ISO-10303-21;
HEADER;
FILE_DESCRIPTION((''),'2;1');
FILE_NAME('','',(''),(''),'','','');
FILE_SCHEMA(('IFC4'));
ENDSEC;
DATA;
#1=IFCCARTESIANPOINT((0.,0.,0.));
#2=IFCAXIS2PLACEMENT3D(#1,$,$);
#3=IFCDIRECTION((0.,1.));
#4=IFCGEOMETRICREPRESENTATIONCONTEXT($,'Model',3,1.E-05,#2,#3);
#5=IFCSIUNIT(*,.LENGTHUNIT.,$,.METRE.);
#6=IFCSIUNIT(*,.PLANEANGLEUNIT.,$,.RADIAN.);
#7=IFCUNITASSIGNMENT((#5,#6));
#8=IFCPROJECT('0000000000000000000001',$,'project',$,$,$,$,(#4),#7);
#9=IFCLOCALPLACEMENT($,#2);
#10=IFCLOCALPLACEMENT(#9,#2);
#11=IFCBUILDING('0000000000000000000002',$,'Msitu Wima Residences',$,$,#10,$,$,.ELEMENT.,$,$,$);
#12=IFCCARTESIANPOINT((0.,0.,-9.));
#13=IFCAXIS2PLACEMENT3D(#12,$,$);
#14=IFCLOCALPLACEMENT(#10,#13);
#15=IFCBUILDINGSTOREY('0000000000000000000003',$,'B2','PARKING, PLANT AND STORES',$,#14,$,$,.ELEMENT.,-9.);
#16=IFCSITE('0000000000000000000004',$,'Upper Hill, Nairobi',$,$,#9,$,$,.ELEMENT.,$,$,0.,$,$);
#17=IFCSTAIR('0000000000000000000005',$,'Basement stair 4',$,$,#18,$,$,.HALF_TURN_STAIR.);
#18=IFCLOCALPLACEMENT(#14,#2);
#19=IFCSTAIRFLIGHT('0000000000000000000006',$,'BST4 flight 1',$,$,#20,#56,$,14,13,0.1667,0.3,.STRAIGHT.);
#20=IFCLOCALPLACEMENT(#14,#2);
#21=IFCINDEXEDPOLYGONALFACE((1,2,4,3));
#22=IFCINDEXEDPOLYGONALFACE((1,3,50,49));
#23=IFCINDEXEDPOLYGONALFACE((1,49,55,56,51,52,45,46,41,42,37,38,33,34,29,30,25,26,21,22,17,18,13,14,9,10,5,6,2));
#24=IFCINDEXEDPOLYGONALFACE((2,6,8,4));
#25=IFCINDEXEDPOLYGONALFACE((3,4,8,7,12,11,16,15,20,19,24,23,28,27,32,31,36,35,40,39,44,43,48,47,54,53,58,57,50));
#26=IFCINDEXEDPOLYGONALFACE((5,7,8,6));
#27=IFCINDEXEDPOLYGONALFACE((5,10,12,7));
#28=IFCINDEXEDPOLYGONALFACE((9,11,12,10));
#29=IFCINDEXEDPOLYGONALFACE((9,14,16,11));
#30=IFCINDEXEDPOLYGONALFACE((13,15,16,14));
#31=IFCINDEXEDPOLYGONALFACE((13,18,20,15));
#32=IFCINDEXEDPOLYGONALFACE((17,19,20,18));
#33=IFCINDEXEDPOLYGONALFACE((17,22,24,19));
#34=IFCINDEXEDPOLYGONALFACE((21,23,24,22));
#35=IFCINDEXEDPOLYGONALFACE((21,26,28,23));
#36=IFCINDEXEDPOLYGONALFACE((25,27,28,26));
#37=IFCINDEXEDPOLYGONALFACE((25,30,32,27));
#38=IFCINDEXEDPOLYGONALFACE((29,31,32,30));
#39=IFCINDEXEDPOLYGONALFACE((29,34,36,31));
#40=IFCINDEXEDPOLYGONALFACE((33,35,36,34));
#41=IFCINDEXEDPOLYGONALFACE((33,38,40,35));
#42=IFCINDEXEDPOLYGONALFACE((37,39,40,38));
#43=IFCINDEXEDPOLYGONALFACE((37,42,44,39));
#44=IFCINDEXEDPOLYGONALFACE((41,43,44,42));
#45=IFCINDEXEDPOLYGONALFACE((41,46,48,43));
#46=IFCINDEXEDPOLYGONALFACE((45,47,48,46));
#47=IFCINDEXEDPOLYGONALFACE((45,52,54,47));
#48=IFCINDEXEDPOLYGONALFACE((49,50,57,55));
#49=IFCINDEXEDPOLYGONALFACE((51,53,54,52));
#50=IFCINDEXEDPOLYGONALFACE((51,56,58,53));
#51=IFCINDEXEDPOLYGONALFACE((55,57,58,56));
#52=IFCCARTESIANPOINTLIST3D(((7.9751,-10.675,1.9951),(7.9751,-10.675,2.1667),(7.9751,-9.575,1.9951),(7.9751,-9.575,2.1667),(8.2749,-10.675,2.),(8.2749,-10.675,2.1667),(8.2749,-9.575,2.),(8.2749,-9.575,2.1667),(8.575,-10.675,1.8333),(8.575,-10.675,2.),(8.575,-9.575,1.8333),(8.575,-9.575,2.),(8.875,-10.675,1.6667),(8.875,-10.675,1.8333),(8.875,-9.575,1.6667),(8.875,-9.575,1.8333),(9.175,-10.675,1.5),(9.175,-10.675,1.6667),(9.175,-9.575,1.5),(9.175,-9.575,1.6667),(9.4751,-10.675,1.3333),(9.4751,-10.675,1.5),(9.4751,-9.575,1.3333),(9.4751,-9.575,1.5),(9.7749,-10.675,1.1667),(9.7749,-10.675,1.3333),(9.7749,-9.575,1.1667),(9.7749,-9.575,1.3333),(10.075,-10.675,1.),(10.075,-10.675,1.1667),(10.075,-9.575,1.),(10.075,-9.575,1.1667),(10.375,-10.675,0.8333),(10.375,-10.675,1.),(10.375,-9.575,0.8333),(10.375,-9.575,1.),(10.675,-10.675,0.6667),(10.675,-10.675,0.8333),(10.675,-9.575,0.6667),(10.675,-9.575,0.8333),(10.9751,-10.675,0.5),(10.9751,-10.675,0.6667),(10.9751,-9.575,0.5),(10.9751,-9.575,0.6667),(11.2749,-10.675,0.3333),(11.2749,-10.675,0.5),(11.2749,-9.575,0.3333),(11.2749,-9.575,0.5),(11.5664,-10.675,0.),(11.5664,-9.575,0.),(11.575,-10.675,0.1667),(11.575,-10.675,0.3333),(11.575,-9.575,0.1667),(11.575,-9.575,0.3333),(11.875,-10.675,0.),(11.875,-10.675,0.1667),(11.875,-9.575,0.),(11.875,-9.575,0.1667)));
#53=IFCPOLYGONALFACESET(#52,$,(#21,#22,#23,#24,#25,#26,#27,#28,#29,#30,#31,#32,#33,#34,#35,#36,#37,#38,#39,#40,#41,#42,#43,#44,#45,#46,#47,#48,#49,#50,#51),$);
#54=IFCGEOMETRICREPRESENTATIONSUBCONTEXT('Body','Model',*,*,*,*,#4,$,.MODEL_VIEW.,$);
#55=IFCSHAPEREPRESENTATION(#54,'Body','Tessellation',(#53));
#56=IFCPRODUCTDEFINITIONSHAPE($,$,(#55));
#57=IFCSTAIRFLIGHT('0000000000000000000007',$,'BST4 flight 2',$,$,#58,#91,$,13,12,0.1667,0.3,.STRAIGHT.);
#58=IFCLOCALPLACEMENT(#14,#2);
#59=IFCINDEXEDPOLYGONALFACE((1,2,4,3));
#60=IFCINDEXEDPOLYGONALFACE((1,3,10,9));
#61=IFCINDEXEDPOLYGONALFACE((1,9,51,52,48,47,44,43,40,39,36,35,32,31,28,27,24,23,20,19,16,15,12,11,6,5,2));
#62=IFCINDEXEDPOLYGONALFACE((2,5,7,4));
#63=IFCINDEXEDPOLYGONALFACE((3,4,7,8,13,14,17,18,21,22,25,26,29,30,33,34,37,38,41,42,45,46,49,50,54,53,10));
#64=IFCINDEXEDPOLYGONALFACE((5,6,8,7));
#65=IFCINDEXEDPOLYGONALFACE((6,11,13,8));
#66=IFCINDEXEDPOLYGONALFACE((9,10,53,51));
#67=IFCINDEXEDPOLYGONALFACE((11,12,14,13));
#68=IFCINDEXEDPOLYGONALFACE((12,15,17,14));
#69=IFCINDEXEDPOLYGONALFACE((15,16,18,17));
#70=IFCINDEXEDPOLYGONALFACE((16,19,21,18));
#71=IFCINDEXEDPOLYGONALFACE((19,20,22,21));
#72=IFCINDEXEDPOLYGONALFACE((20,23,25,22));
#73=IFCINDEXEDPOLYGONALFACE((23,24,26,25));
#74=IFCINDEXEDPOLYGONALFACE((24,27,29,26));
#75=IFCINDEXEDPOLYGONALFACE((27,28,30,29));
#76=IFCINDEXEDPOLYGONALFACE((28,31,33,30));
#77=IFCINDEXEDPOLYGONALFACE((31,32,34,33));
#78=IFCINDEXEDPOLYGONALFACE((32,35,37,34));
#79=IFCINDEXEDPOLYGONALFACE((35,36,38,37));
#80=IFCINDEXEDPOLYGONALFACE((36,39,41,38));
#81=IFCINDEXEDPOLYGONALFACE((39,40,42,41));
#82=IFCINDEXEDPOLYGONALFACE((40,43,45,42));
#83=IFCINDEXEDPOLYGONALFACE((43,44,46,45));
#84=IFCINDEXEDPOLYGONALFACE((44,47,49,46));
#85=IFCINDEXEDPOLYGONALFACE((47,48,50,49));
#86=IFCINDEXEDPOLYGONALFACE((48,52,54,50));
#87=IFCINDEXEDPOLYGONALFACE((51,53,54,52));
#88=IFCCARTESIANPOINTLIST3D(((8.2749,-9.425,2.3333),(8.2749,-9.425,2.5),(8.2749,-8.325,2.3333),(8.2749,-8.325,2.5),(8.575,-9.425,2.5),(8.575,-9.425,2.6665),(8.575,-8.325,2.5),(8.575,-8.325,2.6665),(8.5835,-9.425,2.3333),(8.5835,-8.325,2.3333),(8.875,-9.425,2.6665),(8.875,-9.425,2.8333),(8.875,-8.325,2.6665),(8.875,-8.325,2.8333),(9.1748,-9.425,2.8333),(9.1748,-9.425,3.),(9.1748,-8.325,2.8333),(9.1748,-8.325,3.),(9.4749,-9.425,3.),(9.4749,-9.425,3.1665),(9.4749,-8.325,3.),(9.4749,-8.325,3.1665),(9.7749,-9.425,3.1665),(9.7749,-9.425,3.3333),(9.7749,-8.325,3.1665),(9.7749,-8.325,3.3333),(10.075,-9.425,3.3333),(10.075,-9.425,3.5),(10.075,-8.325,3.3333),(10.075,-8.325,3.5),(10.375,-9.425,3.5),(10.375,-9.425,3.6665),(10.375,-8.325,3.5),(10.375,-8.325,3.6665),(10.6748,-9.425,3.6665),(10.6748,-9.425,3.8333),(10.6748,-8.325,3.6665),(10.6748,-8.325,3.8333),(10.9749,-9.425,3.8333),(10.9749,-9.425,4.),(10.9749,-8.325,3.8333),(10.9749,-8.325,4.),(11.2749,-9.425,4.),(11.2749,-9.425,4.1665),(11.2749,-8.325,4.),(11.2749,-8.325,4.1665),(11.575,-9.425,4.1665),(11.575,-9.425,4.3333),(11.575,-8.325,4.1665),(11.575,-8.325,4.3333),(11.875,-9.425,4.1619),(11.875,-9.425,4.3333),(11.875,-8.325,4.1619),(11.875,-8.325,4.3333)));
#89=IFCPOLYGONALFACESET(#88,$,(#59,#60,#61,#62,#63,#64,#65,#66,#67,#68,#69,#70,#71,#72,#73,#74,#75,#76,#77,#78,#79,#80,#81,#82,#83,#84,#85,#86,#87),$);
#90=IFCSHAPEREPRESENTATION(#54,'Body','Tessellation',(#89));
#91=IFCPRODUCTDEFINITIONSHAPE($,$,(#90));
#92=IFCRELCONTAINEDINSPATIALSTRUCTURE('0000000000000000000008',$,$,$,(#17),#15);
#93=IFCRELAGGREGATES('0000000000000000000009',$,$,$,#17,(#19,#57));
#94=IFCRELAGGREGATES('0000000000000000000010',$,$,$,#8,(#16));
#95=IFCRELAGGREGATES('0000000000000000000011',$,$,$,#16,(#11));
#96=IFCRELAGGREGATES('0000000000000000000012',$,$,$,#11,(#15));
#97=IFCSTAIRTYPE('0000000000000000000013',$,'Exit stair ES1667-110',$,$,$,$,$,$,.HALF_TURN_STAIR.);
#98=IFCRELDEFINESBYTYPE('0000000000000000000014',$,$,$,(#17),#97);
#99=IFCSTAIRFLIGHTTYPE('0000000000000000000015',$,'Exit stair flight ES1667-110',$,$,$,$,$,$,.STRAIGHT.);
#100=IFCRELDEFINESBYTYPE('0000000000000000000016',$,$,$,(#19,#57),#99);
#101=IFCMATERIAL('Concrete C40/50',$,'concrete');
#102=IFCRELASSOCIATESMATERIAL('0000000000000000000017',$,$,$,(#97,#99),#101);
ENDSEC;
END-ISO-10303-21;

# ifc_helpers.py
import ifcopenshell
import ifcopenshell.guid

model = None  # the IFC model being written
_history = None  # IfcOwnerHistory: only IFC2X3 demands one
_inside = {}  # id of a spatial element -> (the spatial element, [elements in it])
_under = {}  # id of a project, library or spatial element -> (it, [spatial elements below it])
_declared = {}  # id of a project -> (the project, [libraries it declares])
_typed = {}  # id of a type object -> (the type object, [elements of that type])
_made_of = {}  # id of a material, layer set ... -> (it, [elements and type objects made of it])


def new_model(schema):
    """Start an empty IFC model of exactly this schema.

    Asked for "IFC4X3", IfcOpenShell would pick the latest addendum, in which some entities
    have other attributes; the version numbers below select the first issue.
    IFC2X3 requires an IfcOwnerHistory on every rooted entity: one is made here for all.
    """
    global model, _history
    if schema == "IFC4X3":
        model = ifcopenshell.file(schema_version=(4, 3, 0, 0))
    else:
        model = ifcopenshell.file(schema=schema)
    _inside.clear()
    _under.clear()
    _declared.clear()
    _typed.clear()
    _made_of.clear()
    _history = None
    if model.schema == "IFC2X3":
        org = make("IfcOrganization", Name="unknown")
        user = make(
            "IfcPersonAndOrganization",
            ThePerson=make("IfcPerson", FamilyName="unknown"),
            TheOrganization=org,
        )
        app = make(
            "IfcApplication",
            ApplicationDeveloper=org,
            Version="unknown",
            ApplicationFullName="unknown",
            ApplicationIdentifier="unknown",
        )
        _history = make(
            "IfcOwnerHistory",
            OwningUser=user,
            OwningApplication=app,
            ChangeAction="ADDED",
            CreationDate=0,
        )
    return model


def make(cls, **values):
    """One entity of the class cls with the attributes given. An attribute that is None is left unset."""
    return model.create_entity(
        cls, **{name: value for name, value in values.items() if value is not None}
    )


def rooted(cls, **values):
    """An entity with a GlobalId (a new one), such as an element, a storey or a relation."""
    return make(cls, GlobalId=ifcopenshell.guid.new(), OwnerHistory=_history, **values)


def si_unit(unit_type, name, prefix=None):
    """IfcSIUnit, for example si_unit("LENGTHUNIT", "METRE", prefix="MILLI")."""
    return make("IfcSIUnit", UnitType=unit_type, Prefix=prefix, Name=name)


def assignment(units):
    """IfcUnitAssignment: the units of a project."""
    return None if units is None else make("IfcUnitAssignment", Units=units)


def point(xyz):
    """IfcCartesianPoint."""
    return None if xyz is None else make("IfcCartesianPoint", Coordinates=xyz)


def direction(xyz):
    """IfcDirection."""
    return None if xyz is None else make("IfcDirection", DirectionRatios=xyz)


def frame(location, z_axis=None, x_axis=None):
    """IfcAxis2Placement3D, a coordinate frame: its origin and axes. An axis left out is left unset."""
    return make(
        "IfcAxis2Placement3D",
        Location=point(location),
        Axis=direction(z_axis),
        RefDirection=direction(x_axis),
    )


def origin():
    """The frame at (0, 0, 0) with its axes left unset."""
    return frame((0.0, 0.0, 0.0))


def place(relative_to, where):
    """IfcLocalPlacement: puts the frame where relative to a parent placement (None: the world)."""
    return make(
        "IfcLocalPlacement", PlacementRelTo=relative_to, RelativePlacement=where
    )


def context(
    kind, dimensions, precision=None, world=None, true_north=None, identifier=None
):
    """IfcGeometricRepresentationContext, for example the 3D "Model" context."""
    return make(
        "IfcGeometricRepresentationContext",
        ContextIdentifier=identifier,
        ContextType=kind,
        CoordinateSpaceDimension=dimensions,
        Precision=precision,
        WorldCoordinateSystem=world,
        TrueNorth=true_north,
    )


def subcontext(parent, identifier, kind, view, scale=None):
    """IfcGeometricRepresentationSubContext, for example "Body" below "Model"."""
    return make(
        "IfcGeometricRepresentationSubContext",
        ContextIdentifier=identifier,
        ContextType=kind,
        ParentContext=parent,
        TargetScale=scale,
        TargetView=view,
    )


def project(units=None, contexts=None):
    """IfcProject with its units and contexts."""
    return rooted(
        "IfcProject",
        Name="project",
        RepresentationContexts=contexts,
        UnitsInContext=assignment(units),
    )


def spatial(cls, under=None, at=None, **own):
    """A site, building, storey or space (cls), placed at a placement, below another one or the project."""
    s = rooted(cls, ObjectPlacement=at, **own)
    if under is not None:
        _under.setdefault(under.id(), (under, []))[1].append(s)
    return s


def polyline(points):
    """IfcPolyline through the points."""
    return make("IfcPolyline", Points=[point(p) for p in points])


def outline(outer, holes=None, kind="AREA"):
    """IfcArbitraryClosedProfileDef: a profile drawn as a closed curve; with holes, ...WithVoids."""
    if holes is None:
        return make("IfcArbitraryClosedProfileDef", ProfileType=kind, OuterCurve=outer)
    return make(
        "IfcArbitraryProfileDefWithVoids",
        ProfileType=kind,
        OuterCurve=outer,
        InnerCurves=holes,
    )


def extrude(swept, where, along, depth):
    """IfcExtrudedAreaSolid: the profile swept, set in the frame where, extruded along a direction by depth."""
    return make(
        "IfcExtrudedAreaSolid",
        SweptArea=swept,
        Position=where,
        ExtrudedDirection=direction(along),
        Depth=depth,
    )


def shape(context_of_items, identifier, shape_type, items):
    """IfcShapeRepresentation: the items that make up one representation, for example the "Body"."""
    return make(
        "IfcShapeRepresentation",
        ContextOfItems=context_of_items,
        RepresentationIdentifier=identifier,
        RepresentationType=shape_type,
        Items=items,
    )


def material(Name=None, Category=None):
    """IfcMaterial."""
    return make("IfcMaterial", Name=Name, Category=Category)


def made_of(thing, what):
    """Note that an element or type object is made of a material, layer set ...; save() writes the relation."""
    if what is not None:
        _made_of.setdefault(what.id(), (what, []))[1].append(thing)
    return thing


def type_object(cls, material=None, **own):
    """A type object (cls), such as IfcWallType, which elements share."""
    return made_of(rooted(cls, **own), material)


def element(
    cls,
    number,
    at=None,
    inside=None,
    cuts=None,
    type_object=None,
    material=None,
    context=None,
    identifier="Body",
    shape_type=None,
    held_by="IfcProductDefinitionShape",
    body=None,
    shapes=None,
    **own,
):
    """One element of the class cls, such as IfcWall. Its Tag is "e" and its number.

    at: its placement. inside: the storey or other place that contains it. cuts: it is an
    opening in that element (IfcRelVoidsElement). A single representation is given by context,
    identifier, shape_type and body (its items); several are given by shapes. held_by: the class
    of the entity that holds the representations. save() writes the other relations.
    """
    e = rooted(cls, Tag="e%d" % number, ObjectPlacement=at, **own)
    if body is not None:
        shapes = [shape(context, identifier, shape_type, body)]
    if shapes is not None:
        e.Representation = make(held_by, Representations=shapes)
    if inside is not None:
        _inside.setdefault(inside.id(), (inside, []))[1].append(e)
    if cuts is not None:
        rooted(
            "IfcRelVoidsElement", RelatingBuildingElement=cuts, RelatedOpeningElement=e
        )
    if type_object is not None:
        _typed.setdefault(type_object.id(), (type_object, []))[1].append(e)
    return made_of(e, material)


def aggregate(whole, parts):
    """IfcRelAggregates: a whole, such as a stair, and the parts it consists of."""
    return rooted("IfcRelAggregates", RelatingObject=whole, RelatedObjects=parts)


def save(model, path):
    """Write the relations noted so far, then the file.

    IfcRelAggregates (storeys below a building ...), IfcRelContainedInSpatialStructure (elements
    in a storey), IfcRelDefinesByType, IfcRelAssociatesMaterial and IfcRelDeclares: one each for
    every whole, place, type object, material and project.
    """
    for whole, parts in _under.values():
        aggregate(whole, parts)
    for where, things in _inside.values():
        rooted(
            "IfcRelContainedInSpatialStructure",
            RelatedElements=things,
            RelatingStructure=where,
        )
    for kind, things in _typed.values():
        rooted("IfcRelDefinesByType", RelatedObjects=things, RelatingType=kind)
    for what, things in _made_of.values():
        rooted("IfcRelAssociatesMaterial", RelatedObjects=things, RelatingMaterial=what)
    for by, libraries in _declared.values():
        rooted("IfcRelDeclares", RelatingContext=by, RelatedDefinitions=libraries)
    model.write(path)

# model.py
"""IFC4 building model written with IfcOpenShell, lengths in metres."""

from ifc_helpers import new_model, si_unit, direction, frame, origin, place, context, subcontext, project, spatial, polyline, outline, extrude, material, type_object, element, aggregate, save


model = new_model("IFC4")

# Units and contexts
model_context = context("Model", 3, precision=1e-05, world=origin(), true_north=direction((0.0, 1.0)))
body_context = subcontext(model_context, "Body", "Model", "MODEL_VIEW")
ifc_project = project(units=[si_unit("LENGTHUNIT", "METRE"), si_unit("PLANEANGLEUNIT", "RADIAN")], contexts=[model_context])

# Site, building, storey
site_placement = place(None, origin())
site = spatial("IfcSite", under=ifc_project, at=site_placement, Name="Upper Hill, Nairobi", CompositionType="ELEMENT", RefElevation=0.0)
building_placement = place(site_placement, origin())
building = spatial("IfcBuilding", under=site, at=building_placement, Name="Msitu Wima Residences", CompositionType="ELEMENT")
storey_placement = place(building_placement, frame((0.0, 0.0, -9.0)))
storey = spatial("IfcBuildingStorey", under=building, at=storey_placement, Name="B2", Description="PARKING, PLANT AND STORES", CompositionType="ELEMENT", Elevation=-9.0)

# Shared definitions
ifc_material_1 = material(Name="Concrete C40/50", Category="concrete")

# Stair, stair flights
stair_type = type_object("IfcStairType", Name="Exit stair ES1667-110", PredefinedType="HALF_TURN_STAIR", material=ifc_material_1)
stair_placement = place(storey_placement, origin())
stair = element("IfcStair", 1, at=stair_placement, inside=storey, type_object=stair_type, Name="Basement stair 4", PredefinedType="HALF_TURN_STAIR")
stair_flight_type = type_object("IfcStairFlightType", Name="Exit stair flight ES1667-110", PredefinedType="STRAIGHT", material=ifc_material_1)
stair_flight_1_placement = place(storey_placement, frame((11.875, -10.125, 0.0), z_axis=(0.0, 0.0, 1.0), x_axis=(-1.0, 0.0, 0.0)))
stair_flight_1 = element("IfcStairFlight", 2, at=stair_flight_1_placement, type_object=stair_flight_type, Name="BST4 flight 1", NumberOfRisers=14, NumberOfTreads=13, PredefinedType="STRAIGHT", RiserHeight=0.1667, TreadLength=0.3, context=body_context, shape_type="SweptSolid", body=[
    extrude(outline(polyline([(0.0, 0.0), (0.0, 0.1667), (0.3, 0.1667), (0.3, 0.3333), (0.6001, 0.3333), (0.6001, 0.5), (0.8999, 0.5), (0.8999, 0.6667), (1.2, 0.6667), (1.2, 0.8333), (1.5, 0.8333), (1.5, 1.0), (1.8, 1.0), (1.8, 1.1667), (2.1001, 1.1667), (2.1001, 1.3333), (2.3999, 1.3333), (2.3999, 1.5), (2.7, 1.5), (2.7, 1.6667), (3.0, 1.6667), (3.0, 1.8333), (3.3, 1.8333), (3.3, 2.0), (3.6001, 2.0), (3.6001, 2.1667), (3.8999, 2.1667), (3.8999, 2.3333), (3.8999, 1.9951), (0.3086, 0.0), (0.0, 0.0)])), frame((0.0, 0.55, 0.0), z_axis=(0.0, -1.0, 0.0), x_axis=(1.0, 0.0, 0.0)), (0.0, 0.0, 1.0), 1.1001),
])
stair_flight_2_placement = place(storey_placement, frame((8.2749, -8.875, 2.3333), z_axis=(0.0, 0.0, 1.0), x_axis=(1.0, 0.0, 0.0)))
stair_flight_2 = element("IfcStairFlight", 3, at=stair_flight_2_placement, type_object=stair_flight_type, Name="BST4 flight 2", NumberOfRisers=13, NumberOfTreads=12, PredefinedType="STRAIGHT", RiserHeight=0.1667, TreadLength=0.3, context=body_context, shape_type="SweptSolid", body=[
    extrude(outline(polyline([(0.0, 0.0), (0.0, 0.1667), (0.3, 0.1667), (0.3, 0.3333), (0.6001, 0.3333), (0.6001, 0.5), (0.8999, 0.5), (0.8999, 0.6667), (1.2, 0.6667), (1.2, 0.8333), (1.5, 0.8333), (1.5, 1.0), (1.8, 1.0), (1.8, 1.1667), (2.1001, 1.1667), (2.1001, 1.3333), (2.3999, 1.3333), (2.3999, 1.5), (2.7, 1.5), (2.7, 1.6667), (3.0, 1.6667), (3.0, 1.8333), (3.3, 1.8333), (3.3, 2.0), (3.6001, 2.0), (3.6001, 2.1667), (3.6001, 1.8286), (0.3086, 0.0), (0.0, 0.0)])), frame((0.0, 0.55, 0.0), z_axis=(0.0, -1.0, 0.0), x_axis=(1.0, 0.0, 0.0)), (0.0, 0.0, 1.0), 1.1001),
])
aggregate(stair, [stair_flight_1, stair_flight_2])

save(model, "model.ifc")
